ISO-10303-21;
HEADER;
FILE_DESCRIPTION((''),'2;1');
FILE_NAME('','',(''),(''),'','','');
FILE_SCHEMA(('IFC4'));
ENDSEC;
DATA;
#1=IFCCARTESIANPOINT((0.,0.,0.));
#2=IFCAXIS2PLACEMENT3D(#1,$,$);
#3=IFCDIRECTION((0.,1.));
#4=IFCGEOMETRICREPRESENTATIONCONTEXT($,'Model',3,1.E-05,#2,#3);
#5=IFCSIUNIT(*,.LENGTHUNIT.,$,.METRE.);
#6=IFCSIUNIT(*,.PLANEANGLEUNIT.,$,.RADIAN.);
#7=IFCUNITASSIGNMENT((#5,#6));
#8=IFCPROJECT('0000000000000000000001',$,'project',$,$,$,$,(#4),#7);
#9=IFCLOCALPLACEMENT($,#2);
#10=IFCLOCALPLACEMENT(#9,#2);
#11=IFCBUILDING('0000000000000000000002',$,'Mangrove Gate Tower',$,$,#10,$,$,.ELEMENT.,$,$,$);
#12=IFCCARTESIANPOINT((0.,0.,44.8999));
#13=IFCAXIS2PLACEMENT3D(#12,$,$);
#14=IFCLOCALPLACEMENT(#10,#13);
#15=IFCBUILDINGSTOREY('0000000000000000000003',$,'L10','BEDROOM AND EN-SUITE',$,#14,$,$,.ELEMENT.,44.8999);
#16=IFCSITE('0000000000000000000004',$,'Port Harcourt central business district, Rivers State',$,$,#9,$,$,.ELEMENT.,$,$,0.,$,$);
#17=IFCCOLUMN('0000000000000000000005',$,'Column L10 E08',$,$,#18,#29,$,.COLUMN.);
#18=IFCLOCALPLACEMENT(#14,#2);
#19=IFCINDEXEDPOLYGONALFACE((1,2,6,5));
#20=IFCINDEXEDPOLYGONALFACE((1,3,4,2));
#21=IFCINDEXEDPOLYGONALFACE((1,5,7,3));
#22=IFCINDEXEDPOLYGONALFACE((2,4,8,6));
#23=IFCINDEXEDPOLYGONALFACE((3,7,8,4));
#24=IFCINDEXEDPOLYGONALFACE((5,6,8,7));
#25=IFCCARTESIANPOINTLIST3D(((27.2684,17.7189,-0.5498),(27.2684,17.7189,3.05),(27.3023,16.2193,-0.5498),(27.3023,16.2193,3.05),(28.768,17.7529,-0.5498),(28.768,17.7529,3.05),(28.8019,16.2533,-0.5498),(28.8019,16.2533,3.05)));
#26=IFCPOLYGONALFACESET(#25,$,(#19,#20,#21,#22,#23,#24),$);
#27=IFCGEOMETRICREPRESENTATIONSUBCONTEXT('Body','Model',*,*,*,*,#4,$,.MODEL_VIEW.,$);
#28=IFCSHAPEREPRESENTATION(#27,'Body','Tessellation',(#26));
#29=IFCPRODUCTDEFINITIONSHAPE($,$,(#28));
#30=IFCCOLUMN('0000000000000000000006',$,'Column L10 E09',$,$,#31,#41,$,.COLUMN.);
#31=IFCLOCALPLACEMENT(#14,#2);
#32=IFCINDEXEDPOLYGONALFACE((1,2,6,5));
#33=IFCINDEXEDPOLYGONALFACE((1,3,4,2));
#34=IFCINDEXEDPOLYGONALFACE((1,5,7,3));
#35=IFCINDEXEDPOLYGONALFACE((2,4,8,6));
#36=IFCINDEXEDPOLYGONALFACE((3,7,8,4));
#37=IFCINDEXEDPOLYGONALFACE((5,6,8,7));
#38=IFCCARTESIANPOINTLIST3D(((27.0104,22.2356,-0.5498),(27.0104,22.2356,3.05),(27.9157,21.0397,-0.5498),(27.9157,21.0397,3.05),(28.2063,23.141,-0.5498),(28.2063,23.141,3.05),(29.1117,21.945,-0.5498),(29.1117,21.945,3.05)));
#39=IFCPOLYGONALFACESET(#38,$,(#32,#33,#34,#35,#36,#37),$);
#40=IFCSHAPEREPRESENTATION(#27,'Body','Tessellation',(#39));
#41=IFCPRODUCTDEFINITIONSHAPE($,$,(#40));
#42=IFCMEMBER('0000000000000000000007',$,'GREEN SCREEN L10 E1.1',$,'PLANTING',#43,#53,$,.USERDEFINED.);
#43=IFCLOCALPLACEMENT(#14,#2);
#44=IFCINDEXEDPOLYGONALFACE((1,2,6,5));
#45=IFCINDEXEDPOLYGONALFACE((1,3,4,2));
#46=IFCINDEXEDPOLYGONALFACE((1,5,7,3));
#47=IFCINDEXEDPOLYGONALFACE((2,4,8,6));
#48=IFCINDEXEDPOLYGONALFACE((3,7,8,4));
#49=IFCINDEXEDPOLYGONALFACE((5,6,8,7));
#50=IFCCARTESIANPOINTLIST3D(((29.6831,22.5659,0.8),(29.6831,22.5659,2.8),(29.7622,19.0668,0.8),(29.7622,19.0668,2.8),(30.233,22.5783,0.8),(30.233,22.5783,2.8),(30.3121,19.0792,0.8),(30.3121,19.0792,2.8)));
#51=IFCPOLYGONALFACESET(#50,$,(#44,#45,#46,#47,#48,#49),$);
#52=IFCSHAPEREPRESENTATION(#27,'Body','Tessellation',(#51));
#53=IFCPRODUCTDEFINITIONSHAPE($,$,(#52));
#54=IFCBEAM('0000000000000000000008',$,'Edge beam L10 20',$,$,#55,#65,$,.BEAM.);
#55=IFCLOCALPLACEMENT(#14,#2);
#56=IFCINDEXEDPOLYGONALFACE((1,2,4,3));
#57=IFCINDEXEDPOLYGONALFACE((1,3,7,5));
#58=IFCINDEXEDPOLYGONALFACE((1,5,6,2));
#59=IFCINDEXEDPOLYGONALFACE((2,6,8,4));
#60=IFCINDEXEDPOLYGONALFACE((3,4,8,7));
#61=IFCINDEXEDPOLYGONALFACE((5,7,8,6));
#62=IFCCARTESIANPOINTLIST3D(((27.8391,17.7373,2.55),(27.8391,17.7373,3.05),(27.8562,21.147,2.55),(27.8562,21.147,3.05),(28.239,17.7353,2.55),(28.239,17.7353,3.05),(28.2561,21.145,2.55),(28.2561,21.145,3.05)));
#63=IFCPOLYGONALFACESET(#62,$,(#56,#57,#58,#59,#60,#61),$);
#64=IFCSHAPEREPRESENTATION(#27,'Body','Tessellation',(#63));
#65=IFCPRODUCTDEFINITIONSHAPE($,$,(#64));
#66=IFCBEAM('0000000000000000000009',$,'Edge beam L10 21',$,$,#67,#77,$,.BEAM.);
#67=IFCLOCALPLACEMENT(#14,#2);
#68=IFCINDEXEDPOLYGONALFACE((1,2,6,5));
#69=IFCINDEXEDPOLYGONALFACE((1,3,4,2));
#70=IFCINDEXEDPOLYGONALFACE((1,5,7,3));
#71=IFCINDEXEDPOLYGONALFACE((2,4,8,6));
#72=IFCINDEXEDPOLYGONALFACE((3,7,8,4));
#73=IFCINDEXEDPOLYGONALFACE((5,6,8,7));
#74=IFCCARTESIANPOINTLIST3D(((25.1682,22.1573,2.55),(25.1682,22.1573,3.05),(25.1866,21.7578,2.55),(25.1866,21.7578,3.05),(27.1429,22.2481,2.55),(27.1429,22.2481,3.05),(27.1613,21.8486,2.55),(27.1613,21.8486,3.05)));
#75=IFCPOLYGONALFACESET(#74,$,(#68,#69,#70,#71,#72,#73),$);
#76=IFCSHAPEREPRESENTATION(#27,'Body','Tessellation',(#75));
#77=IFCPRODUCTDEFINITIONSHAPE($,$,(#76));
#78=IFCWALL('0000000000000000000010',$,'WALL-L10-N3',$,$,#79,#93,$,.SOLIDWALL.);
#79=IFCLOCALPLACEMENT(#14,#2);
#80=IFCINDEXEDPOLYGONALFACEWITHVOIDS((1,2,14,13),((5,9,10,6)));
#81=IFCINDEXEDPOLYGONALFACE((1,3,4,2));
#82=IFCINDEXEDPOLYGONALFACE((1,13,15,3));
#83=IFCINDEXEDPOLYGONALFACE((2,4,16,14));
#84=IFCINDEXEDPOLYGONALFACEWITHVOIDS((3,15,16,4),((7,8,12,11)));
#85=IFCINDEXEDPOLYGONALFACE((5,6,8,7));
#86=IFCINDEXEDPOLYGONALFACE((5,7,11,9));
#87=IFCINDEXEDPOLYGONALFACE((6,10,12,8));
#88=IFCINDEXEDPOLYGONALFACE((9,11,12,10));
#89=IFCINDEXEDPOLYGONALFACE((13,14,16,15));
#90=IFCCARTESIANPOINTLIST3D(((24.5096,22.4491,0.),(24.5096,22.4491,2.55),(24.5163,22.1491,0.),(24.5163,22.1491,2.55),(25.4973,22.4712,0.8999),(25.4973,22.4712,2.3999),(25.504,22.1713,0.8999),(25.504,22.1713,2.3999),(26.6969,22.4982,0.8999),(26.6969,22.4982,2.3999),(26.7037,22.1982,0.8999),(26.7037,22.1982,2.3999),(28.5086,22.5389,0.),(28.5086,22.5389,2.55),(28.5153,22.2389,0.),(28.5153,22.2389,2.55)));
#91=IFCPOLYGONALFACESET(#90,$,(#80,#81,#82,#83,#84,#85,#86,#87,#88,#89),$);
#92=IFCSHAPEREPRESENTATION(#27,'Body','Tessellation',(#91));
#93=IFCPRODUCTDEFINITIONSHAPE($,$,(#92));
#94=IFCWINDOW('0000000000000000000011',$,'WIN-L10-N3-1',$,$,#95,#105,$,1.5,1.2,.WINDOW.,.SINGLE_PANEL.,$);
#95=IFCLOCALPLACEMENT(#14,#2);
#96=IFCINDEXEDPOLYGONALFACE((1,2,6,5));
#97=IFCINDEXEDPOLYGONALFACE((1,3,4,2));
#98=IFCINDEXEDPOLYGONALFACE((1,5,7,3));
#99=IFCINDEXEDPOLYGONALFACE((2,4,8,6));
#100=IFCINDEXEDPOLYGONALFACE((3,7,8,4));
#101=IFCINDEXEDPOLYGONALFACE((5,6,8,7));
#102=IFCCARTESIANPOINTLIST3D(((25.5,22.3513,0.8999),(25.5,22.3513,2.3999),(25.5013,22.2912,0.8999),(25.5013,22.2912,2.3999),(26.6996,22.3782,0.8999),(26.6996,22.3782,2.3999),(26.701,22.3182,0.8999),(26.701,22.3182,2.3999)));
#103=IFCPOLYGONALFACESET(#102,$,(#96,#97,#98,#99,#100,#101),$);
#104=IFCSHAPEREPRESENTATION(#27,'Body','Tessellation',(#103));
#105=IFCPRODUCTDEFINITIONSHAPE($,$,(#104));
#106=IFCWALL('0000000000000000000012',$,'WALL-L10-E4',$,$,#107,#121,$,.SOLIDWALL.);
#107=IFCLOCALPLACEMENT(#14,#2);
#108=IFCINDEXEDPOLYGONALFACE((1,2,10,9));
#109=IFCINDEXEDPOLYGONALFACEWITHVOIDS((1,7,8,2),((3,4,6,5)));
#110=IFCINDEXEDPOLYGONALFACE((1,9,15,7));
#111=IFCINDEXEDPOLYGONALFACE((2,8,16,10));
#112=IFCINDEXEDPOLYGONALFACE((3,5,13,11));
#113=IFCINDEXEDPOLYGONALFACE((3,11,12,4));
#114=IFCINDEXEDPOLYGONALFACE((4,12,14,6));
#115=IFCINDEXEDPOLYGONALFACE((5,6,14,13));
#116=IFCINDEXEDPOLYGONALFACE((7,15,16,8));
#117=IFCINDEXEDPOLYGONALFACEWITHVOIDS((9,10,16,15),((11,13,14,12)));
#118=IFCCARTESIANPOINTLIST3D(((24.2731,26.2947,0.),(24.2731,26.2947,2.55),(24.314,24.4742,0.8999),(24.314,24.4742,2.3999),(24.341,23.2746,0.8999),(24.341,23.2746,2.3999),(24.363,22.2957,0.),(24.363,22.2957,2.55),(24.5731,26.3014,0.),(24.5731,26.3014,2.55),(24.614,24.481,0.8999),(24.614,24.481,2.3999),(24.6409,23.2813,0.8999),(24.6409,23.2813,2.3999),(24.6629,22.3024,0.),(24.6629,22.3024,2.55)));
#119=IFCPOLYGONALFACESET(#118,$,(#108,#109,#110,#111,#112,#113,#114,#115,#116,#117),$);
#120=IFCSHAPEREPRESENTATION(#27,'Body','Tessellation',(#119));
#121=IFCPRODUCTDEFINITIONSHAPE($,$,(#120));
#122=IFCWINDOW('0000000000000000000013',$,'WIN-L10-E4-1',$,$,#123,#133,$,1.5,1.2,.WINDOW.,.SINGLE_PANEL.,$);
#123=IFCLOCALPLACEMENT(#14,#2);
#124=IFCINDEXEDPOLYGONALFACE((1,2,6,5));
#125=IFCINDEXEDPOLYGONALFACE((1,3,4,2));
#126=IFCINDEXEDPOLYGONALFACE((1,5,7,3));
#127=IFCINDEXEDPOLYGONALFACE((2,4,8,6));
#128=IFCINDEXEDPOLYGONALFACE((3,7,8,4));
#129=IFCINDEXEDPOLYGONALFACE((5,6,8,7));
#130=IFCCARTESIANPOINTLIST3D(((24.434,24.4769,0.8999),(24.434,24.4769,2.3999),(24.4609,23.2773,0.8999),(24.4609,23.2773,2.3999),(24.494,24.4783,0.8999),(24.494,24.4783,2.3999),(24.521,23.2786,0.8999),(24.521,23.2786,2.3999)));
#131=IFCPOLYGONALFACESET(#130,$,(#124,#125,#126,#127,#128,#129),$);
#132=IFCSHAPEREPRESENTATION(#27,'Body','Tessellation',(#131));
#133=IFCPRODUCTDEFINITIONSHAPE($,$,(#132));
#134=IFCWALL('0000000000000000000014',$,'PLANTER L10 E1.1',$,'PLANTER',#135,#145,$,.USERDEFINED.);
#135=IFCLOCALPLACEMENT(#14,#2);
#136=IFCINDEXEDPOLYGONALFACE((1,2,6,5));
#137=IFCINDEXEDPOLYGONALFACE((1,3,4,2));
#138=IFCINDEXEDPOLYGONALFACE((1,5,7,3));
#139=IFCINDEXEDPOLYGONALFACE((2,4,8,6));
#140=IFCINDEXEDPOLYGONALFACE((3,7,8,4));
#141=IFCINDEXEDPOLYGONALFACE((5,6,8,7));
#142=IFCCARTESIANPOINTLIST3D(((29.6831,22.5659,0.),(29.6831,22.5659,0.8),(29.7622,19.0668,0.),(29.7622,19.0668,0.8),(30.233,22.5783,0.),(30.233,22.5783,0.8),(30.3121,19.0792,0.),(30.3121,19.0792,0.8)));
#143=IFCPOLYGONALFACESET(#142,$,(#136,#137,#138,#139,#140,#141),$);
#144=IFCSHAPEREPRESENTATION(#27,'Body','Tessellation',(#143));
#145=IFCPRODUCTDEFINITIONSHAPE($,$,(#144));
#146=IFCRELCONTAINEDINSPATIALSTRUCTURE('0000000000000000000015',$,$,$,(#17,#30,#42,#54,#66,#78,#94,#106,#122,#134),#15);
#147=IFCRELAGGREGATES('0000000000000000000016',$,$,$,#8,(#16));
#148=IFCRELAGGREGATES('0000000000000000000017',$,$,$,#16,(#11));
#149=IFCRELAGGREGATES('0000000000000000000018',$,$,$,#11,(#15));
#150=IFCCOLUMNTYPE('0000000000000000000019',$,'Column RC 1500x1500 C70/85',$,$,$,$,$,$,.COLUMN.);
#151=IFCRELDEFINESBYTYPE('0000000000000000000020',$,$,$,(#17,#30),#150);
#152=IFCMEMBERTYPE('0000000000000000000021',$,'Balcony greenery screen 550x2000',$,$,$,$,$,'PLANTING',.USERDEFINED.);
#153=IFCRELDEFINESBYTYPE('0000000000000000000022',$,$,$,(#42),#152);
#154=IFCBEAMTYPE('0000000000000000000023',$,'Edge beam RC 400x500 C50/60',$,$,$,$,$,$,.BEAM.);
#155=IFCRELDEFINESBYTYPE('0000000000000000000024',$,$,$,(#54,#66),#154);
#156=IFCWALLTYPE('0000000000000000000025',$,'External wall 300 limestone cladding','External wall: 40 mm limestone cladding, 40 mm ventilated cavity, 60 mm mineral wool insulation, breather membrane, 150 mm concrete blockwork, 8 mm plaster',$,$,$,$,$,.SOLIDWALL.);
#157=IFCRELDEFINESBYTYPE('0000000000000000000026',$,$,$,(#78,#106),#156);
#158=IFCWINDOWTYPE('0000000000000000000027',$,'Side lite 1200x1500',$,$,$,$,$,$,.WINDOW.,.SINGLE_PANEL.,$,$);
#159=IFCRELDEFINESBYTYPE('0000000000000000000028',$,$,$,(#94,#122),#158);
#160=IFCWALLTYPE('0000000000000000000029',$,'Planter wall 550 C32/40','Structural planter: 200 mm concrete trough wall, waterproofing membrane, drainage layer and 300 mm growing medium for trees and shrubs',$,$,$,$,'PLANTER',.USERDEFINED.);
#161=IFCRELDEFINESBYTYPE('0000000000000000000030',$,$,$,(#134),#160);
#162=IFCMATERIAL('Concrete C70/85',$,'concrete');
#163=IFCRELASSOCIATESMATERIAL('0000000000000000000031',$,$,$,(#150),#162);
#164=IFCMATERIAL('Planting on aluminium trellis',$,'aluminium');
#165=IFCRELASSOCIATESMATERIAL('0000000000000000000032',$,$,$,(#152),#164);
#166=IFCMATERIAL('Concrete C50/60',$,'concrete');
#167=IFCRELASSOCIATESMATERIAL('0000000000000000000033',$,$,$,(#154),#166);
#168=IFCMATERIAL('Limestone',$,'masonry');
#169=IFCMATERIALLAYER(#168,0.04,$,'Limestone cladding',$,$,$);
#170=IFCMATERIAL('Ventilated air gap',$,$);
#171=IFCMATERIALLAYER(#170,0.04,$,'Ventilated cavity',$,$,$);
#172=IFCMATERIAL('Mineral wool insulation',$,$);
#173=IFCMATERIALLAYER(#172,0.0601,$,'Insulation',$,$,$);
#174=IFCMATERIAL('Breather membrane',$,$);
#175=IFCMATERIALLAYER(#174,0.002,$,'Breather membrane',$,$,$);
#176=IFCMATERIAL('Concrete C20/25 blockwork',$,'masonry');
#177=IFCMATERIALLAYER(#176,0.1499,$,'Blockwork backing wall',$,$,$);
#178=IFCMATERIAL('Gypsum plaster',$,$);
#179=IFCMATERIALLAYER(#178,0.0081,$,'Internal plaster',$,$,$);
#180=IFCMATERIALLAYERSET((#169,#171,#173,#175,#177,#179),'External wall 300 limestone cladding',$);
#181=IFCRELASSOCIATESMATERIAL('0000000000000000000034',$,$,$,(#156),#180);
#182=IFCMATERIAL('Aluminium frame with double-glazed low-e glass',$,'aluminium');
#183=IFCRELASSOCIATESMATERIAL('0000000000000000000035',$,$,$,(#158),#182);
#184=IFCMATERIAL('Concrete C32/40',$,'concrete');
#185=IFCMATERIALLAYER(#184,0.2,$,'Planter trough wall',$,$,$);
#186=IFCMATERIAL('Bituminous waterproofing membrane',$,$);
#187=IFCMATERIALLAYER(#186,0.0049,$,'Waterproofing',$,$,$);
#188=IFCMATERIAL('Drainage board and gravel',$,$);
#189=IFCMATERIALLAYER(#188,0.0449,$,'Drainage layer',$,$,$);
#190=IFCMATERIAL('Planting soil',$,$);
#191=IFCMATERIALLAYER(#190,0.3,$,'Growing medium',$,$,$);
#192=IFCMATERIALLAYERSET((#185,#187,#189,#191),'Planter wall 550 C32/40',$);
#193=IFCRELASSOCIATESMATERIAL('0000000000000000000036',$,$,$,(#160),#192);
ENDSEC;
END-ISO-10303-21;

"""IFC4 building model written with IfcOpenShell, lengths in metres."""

from ifc_helpers import new_model, si_unit, direction, frame, frame_2d, origin, origin_2d, place, context, subcontext, project, spatial, rectangle, extrude, material, layer, layer_set, material_profile, profile_set, type_object, element, fill, save


model = new_model("IFC4")

# Units and contexts
model_context = context("Model", 3, precision=1e-05, world=origin(), true_north=direction((0.0, 1.0)))
body_context = subcontext(model_context, "Body", "Model", "MODEL_VIEW")
ifc_project = project(units=[si_unit("LENGTHUNIT", "METRE"), si_unit("PLANEANGLEUNIT", "RADIAN")], contexts=[model_context])

# Site, building, storey
site_placement = place(None, origin())
site = spatial("IfcSite", under=ifc_project, at=site_placement, Name="Port Harcourt central business district, Rivers State", CompositionType="ELEMENT", RefElevation=0.0)
building_placement = place(site_placement, origin())
building = spatial("IfcBuilding", under=site, at=building_placement, Name="Mangrove Gate Tower", CompositionType="ELEMENT")
storey_placement = place(building_placement, frame((0.0, 0.0, 44.8999)))
storey = spatial("IfcBuildingStorey", under=building, at=storey_placement, Name="L10", Description="BEDROOM AND EN-SUITE", CompositionType="ELEMENT", Elevation=44.8999)

# Columns
ifc_material_1 = material(Name="Concrete C70/85", Category="concrete")
ifc_material_profile_1 = material_profile(ifc_material_1, rectangle(XDim=1.5, YDim=1.5, at=origin_2d()))
ifc_profile_set_1 = profile_set([ifc_material_profile_1], Name="Concrete C70/85")
column_type = type_object("IfcColumnType", Name="Column RC 1500x1500 C70/85", PredefinedType="COLUMN", material=ifc_profile_set_1)
for number, where, z_axis, x_axis, name in (
    (1, (28.0352, 16.9861, -0.5498), (0.0, 0.0, 1.0), (-0.022646, 0.999744, 0.0), "Column L10 E08"),
    (2, (28.061, 22.0903, -0.5498), (0.0, 0.0, 1.0), (-0.603576, 0.797306, 0.0), "Column L10 E09"),
):
    element("IfcColumn", number, at=place(storey_placement, frame(where, z_axis=z_axis, x_axis=x_axis)), inside=storey, type_object=column_type, Name=name, PredefinedType="COLUMN", context=body_context, shape_type="SweptSolid", body=[
        extrude(rectangle(XDim=1.5, YDim=1.5, at=origin_2d()), origin(), (0.0, 0.0, 1.0), 3.5999),
    ])

# Member
ifc_material_2 = material(Name="Planting on aluminium trellis", Category="aluminium")
ifc_material_profile_2 = material_profile(ifc_material_2, rectangle(XDim=0.55, YDim=2.0, at=origin_2d()))
ifc_profile_set_2 = profile_set([ifc_material_profile_2], Name="Planting on aluminium trellis")
member_type = type_object("IfcMemberType", Name="Balcony greenery screen 550x2000", ElementType="PLANTING", PredefinedType="USERDEFINED", material=ifc_profile_set_2)
member_placement = place(storey_placement, frame((30.0371, 19.073, 1.8), z_axis=(-0.022601, 0.999745, 0.0), x_axis=(-0.999745, -0.022601, 0.0)))
element("IfcMember", 3, at=member_placement, inside=storey, type_object=member_type, Name="GREEN SCREEN L10 E1.1", ObjectType="PLANTING", PredefinedType="USERDEFINED", context=body_context, shape_type="SweptSolid", body=[
    extrude(rectangle(XDim=0.55, YDim=2.0, at=origin_2d()), origin(), (0.0, 0.0, 1.0), 3.5),
])

# Beams
ifc_material_3 = material(Name="Concrete C50/60", Category="concrete")
ifc_material_profile_3 = material_profile(ifc_material_3, rectangle(XDim=0.3999, YDim=0.5, at=origin_2d()))
ifc_profile_set_3 = profile_set([ifc_material_profile_3], Name="Concrete C50/60")
beam_type = type_object("IfcBeamType", Name="Edge beam RC 400x500 C50/60", PredefinedType="BEAM", material=ifc_profile_set_3)
beam_1_placement = place(storey_placement, frame((28.0391, 17.7363, 2.8), z_axis=(0.005012, 0.999987, 0.0), x_axis=(-0.999987, 0.005012, 0.0)))
element("IfcBeam", 4, at=beam_1_placement, inside=storey, type_object=beam_type, Name="Edge beam L10 20", PredefinedType="BEAM", context=body_context, shape_type="SweptSolid", body=[
    extrude(rectangle(XDim=0.3999, YDim=0.5, at=origin_2d()), origin(), (0.0, 0.0, 1.0), 3.4097),
])
beam_2_placement = place(storey_placement, frame((27.1521, 22.0483, 2.8), z_axis=(-0.998944, -0.045945, 0.0), x_axis=(0.045945, -0.998944, 0.0)))
element("IfcBeam", 5, at=beam_2_placement, inside=storey, type_object=beam_type, Name="Edge beam L10 21", PredefinedType="BEAM", context=body_context, shape_type="SweptSolid", body=[
    extrude(rectangle(XDim=0.3999, YDim=0.5, at=origin_2d()), origin(), (0.0, 0.0, 1.0), 1.9768),
])

# Walls, openings, windows
ifc_material_4 = material(Name="Limestone", Category="masonry")
ifc_layer_1 = layer(ifc_material_4, 0.04, Name="Limestone cladding")
ifc_material_5 = material(Name="Ventilated air gap")
ifc_layer_2 = layer(ifc_material_5, 0.04, Name="Ventilated cavity")
ifc_material_6 = material(Name="Mineral wool insulation")
ifc_layer_3 = layer(ifc_material_6, 0.0601, Name="Insulation")
ifc_material_7 = material(Name="Breather membrane")
ifc_layer_4 = layer(ifc_material_7, 0.002, Name="Breather membrane")
ifc_material_8 = material(Name="Concrete C20/25 blockwork", Category="masonry")
ifc_layer_5 = layer(ifc_material_8, 0.1499, Name="Blockwork backing wall")
ifc_material_9 = material(Name="Gypsum plaster")
ifc_layer_6 = layer(ifc_material_9, 0.0081, Name="Internal plaster")
ifc_layer_set_1 = layer_set([ifc_layer_1, ifc_layer_2, ifc_layer_3, ifc_layer_4, ifc_layer_5, ifc_layer_6], Name="External wall 300 limestone cladding")
wall_type_1 = type_object("IfcWallType", Name="External wall 300 limestone cladding", Description="External wall: 40 mm limestone cladding, 40 mm ventilated cavity, 60 mm mineral wool insulation, breather membrane, 150 mm concrete blockwork, 8 mm plaster", PredefinedType="SOLIDWALL", material=ifc_layer_set_1)
wall_1_placement = place(storey_placement, frame((28.512, 22.3889, 0.0), z_axis=(0.0, 0.0, 1.0), x_axis=(-0.999748, -0.022461, 0.0)))
wall_1 = element("IfcWall", 6, at=wall_1_placement, inside=storey, type_object=wall_type_1, Name="WALL-L10-N3", PredefinedType="SOLIDWALL", context=body_context, shape_type="SweptSolid", body=[
    extrude(rectangle(XDim=4.0, YDim=0.3, at=frame_2d((2.0, 0.0))), origin(), (0.0, 0.0, 1.0), 2.55),
])
opening_1_placement = place(wall_1_placement, frame((1.812, 0.0, 0.8999)))
opening_1 = element("IfcOpeningElement", 7, at=opening_1_placement, cuts=wall_1, PredefinedType="OPENING", context=body_context, shape_type="SweptSolid", body=[
    extrude(rectangle(XDim=1.2, YDim=1.5, at=frame_2d((0.6001, 0.75))), frame((0.0, 0.1599, 0.0), z_axis=(0.0, -1.0, 0.0), x_axis=(1.0, 0.0, 0.0)), (0.0, 0.0, 1.0), 0.3201),
])
ifc_material_10 = material(Name="Aluminium frame with double-glazed low-e glass", Category="aluminium")
window_type_1 = type_object("IfcWindowType", Name="Side lite 1200x1500", PartitioningType="SINGLE_PANEL", PredefinedType="WINDOW", material=ifc_material_10)
window_1_placement = place(opening_1_placement, origin())
window_1 = element("IfcWindow", 8, at=window_1_placement, inside=storey, type_object=window_type_1, Name="WIN-L10-N3-1", OverallHeight=1.5, OverallWidth=1.2, PartitioningType="SINGLE_PANEL", PredefinedType="WINDOW", context=body_context, shape_type="SweptSolid", body=[
    extrude(rectangle(XDim=1.2, YDim=1.5, at=frame_2d((0.6001, 0.75))), frame((0.0, 0.03, 0.0), z_axis=(0.0, -1.0, 0.0), x_axis=(1.0, 0.0, 0.0)), (0.0, 0.0, 1.0), 0.0601),
])
fill(opening_1, window_1)
wall_2_placement = place(storey_placement, frame((24.5129, 22.2991, 0.0), z_axis=(0.0, 0.0, 1.0), x_axis=(-0.022461, 0.999748, 0.0)))
wall_2 = element("IfcWall", 9, at=wall_2_placement, inside=storey, type_object=wall_type_1, Name="WALL-L10-E4", PredefinedType="SOLIDWALL", context=body_context, shape_type="SweptSolid", body=[
    extrude(rectangle(XDim=4.0, YDim=0.3, at=frame_2d((2.0, 0.0))), origin(), (0.0, 0.0, 1.0), 2.55),
])
opening_2_placement = place(wall_2_placement, frame((0.979, 0.0, 0.8999)))
opening_2 = element("IfcOpeningElement", 10, at=opening_2_placement, cuts=wall_2, PredefinedType="OPENING", context=body_context, shape_type="SweptSolid", body=[
    extrude(rectangle(XDim=1.2, YDim=1.5, at=frame_2d((0.6001, 0.75))), frame((0.0, 0.1599, 0.0), z_axis=(0.0, -1.0, 0.0), x_axis=(1.0, 0.0, 0.0)), (0.0, 0.0, 1.0), 0.3201),
])
window_2_placement = place(opening_2_placement, origin())
window_2 = element("IfcWindow", 11, at=window_2_placement, inside=storey, type_object=window_type_1, Name="WIN-L10-E4-1", OverallHeight=1.5, OverallWidth=1.2, PartitioningType="SINGLE_PANEL", PredefinedType="WINDOW", context=body_context, shape_type="SweptSolid", body=[
    extrude(rectangle(XDim=1.2, YDim=1.5, at=frame_2d((0.6001, 0.75))), frame((0.0, 0.03, 0.0), z_axis=(0.0, -1.0, 0.0), x_axis=(1.0, 0.0, 0.0)), (0.0, 0.0, 1.0), 0.0601),
])
fill(opening_2, window_2)

# Wall
ifc_material_11 = material(Name="Concrete C32/40", Category="concrete")
ifc_layer_7 = layer(ifc_material_11, 0.2, Name="Planter trough wall")
ifc_material_12 = material(Name="Bituminous waterproofing membrane")
ifc_layer_8 = layer(ifc_material_12, 0.0049, Name="Waterproofing")
ifc_material_13 = material(Name="Drainage board and gravel")
ifc_layer_9 = layer(ifc_material_13, 0.0449, Name="Drainage layer")
ifc_material_14 = material(Name="Planting soil")
ifc_layer_10 = layer(ifc_material_14, 0.3, Name="Growing medium")
ifc_layer_set_2 = layer_set([ifc_layer_7, ifc_layer_8, ifc_layer_9, ifc_layer_10], Name="Planter wall 550 C32/40")
wall_type_2 = type_object("IfcWallType", Name="Planter wall 550 C32/40", Description="Structural planter: 200 mm concrete trough wall, waterproofing membrane, drainage layer and 300 mm growing medium for trees and shrubs", ElementType="PLANTER", PredefinedType="USERDEFINED", material=ifc_layer_set_2)
wall_3_placement = place(storey_placement, frame((30.0371, 19.073, 0.0), z_axis=(0.0, 0.0, 1.0), x_axis=(-0.022601, 0.999745, 0.0)))
element("IfcWall", 12, at=wall_3_placement, inside=storey, type_object=wall_type_2, Name="PLANTER L10 E1.1", ObjectType="PLANTER", PredefinedType="USERDEFINED", context=body_context, shape_type="SweptSolid", body=[
    extrude(rectangle(XDim=3.5, YDim=0.55, at=frame_2d((1.75, 0.0))), origin(), (0.0, 0.0, 1.0), 0.8),
])

save(model, "model.ifc")
